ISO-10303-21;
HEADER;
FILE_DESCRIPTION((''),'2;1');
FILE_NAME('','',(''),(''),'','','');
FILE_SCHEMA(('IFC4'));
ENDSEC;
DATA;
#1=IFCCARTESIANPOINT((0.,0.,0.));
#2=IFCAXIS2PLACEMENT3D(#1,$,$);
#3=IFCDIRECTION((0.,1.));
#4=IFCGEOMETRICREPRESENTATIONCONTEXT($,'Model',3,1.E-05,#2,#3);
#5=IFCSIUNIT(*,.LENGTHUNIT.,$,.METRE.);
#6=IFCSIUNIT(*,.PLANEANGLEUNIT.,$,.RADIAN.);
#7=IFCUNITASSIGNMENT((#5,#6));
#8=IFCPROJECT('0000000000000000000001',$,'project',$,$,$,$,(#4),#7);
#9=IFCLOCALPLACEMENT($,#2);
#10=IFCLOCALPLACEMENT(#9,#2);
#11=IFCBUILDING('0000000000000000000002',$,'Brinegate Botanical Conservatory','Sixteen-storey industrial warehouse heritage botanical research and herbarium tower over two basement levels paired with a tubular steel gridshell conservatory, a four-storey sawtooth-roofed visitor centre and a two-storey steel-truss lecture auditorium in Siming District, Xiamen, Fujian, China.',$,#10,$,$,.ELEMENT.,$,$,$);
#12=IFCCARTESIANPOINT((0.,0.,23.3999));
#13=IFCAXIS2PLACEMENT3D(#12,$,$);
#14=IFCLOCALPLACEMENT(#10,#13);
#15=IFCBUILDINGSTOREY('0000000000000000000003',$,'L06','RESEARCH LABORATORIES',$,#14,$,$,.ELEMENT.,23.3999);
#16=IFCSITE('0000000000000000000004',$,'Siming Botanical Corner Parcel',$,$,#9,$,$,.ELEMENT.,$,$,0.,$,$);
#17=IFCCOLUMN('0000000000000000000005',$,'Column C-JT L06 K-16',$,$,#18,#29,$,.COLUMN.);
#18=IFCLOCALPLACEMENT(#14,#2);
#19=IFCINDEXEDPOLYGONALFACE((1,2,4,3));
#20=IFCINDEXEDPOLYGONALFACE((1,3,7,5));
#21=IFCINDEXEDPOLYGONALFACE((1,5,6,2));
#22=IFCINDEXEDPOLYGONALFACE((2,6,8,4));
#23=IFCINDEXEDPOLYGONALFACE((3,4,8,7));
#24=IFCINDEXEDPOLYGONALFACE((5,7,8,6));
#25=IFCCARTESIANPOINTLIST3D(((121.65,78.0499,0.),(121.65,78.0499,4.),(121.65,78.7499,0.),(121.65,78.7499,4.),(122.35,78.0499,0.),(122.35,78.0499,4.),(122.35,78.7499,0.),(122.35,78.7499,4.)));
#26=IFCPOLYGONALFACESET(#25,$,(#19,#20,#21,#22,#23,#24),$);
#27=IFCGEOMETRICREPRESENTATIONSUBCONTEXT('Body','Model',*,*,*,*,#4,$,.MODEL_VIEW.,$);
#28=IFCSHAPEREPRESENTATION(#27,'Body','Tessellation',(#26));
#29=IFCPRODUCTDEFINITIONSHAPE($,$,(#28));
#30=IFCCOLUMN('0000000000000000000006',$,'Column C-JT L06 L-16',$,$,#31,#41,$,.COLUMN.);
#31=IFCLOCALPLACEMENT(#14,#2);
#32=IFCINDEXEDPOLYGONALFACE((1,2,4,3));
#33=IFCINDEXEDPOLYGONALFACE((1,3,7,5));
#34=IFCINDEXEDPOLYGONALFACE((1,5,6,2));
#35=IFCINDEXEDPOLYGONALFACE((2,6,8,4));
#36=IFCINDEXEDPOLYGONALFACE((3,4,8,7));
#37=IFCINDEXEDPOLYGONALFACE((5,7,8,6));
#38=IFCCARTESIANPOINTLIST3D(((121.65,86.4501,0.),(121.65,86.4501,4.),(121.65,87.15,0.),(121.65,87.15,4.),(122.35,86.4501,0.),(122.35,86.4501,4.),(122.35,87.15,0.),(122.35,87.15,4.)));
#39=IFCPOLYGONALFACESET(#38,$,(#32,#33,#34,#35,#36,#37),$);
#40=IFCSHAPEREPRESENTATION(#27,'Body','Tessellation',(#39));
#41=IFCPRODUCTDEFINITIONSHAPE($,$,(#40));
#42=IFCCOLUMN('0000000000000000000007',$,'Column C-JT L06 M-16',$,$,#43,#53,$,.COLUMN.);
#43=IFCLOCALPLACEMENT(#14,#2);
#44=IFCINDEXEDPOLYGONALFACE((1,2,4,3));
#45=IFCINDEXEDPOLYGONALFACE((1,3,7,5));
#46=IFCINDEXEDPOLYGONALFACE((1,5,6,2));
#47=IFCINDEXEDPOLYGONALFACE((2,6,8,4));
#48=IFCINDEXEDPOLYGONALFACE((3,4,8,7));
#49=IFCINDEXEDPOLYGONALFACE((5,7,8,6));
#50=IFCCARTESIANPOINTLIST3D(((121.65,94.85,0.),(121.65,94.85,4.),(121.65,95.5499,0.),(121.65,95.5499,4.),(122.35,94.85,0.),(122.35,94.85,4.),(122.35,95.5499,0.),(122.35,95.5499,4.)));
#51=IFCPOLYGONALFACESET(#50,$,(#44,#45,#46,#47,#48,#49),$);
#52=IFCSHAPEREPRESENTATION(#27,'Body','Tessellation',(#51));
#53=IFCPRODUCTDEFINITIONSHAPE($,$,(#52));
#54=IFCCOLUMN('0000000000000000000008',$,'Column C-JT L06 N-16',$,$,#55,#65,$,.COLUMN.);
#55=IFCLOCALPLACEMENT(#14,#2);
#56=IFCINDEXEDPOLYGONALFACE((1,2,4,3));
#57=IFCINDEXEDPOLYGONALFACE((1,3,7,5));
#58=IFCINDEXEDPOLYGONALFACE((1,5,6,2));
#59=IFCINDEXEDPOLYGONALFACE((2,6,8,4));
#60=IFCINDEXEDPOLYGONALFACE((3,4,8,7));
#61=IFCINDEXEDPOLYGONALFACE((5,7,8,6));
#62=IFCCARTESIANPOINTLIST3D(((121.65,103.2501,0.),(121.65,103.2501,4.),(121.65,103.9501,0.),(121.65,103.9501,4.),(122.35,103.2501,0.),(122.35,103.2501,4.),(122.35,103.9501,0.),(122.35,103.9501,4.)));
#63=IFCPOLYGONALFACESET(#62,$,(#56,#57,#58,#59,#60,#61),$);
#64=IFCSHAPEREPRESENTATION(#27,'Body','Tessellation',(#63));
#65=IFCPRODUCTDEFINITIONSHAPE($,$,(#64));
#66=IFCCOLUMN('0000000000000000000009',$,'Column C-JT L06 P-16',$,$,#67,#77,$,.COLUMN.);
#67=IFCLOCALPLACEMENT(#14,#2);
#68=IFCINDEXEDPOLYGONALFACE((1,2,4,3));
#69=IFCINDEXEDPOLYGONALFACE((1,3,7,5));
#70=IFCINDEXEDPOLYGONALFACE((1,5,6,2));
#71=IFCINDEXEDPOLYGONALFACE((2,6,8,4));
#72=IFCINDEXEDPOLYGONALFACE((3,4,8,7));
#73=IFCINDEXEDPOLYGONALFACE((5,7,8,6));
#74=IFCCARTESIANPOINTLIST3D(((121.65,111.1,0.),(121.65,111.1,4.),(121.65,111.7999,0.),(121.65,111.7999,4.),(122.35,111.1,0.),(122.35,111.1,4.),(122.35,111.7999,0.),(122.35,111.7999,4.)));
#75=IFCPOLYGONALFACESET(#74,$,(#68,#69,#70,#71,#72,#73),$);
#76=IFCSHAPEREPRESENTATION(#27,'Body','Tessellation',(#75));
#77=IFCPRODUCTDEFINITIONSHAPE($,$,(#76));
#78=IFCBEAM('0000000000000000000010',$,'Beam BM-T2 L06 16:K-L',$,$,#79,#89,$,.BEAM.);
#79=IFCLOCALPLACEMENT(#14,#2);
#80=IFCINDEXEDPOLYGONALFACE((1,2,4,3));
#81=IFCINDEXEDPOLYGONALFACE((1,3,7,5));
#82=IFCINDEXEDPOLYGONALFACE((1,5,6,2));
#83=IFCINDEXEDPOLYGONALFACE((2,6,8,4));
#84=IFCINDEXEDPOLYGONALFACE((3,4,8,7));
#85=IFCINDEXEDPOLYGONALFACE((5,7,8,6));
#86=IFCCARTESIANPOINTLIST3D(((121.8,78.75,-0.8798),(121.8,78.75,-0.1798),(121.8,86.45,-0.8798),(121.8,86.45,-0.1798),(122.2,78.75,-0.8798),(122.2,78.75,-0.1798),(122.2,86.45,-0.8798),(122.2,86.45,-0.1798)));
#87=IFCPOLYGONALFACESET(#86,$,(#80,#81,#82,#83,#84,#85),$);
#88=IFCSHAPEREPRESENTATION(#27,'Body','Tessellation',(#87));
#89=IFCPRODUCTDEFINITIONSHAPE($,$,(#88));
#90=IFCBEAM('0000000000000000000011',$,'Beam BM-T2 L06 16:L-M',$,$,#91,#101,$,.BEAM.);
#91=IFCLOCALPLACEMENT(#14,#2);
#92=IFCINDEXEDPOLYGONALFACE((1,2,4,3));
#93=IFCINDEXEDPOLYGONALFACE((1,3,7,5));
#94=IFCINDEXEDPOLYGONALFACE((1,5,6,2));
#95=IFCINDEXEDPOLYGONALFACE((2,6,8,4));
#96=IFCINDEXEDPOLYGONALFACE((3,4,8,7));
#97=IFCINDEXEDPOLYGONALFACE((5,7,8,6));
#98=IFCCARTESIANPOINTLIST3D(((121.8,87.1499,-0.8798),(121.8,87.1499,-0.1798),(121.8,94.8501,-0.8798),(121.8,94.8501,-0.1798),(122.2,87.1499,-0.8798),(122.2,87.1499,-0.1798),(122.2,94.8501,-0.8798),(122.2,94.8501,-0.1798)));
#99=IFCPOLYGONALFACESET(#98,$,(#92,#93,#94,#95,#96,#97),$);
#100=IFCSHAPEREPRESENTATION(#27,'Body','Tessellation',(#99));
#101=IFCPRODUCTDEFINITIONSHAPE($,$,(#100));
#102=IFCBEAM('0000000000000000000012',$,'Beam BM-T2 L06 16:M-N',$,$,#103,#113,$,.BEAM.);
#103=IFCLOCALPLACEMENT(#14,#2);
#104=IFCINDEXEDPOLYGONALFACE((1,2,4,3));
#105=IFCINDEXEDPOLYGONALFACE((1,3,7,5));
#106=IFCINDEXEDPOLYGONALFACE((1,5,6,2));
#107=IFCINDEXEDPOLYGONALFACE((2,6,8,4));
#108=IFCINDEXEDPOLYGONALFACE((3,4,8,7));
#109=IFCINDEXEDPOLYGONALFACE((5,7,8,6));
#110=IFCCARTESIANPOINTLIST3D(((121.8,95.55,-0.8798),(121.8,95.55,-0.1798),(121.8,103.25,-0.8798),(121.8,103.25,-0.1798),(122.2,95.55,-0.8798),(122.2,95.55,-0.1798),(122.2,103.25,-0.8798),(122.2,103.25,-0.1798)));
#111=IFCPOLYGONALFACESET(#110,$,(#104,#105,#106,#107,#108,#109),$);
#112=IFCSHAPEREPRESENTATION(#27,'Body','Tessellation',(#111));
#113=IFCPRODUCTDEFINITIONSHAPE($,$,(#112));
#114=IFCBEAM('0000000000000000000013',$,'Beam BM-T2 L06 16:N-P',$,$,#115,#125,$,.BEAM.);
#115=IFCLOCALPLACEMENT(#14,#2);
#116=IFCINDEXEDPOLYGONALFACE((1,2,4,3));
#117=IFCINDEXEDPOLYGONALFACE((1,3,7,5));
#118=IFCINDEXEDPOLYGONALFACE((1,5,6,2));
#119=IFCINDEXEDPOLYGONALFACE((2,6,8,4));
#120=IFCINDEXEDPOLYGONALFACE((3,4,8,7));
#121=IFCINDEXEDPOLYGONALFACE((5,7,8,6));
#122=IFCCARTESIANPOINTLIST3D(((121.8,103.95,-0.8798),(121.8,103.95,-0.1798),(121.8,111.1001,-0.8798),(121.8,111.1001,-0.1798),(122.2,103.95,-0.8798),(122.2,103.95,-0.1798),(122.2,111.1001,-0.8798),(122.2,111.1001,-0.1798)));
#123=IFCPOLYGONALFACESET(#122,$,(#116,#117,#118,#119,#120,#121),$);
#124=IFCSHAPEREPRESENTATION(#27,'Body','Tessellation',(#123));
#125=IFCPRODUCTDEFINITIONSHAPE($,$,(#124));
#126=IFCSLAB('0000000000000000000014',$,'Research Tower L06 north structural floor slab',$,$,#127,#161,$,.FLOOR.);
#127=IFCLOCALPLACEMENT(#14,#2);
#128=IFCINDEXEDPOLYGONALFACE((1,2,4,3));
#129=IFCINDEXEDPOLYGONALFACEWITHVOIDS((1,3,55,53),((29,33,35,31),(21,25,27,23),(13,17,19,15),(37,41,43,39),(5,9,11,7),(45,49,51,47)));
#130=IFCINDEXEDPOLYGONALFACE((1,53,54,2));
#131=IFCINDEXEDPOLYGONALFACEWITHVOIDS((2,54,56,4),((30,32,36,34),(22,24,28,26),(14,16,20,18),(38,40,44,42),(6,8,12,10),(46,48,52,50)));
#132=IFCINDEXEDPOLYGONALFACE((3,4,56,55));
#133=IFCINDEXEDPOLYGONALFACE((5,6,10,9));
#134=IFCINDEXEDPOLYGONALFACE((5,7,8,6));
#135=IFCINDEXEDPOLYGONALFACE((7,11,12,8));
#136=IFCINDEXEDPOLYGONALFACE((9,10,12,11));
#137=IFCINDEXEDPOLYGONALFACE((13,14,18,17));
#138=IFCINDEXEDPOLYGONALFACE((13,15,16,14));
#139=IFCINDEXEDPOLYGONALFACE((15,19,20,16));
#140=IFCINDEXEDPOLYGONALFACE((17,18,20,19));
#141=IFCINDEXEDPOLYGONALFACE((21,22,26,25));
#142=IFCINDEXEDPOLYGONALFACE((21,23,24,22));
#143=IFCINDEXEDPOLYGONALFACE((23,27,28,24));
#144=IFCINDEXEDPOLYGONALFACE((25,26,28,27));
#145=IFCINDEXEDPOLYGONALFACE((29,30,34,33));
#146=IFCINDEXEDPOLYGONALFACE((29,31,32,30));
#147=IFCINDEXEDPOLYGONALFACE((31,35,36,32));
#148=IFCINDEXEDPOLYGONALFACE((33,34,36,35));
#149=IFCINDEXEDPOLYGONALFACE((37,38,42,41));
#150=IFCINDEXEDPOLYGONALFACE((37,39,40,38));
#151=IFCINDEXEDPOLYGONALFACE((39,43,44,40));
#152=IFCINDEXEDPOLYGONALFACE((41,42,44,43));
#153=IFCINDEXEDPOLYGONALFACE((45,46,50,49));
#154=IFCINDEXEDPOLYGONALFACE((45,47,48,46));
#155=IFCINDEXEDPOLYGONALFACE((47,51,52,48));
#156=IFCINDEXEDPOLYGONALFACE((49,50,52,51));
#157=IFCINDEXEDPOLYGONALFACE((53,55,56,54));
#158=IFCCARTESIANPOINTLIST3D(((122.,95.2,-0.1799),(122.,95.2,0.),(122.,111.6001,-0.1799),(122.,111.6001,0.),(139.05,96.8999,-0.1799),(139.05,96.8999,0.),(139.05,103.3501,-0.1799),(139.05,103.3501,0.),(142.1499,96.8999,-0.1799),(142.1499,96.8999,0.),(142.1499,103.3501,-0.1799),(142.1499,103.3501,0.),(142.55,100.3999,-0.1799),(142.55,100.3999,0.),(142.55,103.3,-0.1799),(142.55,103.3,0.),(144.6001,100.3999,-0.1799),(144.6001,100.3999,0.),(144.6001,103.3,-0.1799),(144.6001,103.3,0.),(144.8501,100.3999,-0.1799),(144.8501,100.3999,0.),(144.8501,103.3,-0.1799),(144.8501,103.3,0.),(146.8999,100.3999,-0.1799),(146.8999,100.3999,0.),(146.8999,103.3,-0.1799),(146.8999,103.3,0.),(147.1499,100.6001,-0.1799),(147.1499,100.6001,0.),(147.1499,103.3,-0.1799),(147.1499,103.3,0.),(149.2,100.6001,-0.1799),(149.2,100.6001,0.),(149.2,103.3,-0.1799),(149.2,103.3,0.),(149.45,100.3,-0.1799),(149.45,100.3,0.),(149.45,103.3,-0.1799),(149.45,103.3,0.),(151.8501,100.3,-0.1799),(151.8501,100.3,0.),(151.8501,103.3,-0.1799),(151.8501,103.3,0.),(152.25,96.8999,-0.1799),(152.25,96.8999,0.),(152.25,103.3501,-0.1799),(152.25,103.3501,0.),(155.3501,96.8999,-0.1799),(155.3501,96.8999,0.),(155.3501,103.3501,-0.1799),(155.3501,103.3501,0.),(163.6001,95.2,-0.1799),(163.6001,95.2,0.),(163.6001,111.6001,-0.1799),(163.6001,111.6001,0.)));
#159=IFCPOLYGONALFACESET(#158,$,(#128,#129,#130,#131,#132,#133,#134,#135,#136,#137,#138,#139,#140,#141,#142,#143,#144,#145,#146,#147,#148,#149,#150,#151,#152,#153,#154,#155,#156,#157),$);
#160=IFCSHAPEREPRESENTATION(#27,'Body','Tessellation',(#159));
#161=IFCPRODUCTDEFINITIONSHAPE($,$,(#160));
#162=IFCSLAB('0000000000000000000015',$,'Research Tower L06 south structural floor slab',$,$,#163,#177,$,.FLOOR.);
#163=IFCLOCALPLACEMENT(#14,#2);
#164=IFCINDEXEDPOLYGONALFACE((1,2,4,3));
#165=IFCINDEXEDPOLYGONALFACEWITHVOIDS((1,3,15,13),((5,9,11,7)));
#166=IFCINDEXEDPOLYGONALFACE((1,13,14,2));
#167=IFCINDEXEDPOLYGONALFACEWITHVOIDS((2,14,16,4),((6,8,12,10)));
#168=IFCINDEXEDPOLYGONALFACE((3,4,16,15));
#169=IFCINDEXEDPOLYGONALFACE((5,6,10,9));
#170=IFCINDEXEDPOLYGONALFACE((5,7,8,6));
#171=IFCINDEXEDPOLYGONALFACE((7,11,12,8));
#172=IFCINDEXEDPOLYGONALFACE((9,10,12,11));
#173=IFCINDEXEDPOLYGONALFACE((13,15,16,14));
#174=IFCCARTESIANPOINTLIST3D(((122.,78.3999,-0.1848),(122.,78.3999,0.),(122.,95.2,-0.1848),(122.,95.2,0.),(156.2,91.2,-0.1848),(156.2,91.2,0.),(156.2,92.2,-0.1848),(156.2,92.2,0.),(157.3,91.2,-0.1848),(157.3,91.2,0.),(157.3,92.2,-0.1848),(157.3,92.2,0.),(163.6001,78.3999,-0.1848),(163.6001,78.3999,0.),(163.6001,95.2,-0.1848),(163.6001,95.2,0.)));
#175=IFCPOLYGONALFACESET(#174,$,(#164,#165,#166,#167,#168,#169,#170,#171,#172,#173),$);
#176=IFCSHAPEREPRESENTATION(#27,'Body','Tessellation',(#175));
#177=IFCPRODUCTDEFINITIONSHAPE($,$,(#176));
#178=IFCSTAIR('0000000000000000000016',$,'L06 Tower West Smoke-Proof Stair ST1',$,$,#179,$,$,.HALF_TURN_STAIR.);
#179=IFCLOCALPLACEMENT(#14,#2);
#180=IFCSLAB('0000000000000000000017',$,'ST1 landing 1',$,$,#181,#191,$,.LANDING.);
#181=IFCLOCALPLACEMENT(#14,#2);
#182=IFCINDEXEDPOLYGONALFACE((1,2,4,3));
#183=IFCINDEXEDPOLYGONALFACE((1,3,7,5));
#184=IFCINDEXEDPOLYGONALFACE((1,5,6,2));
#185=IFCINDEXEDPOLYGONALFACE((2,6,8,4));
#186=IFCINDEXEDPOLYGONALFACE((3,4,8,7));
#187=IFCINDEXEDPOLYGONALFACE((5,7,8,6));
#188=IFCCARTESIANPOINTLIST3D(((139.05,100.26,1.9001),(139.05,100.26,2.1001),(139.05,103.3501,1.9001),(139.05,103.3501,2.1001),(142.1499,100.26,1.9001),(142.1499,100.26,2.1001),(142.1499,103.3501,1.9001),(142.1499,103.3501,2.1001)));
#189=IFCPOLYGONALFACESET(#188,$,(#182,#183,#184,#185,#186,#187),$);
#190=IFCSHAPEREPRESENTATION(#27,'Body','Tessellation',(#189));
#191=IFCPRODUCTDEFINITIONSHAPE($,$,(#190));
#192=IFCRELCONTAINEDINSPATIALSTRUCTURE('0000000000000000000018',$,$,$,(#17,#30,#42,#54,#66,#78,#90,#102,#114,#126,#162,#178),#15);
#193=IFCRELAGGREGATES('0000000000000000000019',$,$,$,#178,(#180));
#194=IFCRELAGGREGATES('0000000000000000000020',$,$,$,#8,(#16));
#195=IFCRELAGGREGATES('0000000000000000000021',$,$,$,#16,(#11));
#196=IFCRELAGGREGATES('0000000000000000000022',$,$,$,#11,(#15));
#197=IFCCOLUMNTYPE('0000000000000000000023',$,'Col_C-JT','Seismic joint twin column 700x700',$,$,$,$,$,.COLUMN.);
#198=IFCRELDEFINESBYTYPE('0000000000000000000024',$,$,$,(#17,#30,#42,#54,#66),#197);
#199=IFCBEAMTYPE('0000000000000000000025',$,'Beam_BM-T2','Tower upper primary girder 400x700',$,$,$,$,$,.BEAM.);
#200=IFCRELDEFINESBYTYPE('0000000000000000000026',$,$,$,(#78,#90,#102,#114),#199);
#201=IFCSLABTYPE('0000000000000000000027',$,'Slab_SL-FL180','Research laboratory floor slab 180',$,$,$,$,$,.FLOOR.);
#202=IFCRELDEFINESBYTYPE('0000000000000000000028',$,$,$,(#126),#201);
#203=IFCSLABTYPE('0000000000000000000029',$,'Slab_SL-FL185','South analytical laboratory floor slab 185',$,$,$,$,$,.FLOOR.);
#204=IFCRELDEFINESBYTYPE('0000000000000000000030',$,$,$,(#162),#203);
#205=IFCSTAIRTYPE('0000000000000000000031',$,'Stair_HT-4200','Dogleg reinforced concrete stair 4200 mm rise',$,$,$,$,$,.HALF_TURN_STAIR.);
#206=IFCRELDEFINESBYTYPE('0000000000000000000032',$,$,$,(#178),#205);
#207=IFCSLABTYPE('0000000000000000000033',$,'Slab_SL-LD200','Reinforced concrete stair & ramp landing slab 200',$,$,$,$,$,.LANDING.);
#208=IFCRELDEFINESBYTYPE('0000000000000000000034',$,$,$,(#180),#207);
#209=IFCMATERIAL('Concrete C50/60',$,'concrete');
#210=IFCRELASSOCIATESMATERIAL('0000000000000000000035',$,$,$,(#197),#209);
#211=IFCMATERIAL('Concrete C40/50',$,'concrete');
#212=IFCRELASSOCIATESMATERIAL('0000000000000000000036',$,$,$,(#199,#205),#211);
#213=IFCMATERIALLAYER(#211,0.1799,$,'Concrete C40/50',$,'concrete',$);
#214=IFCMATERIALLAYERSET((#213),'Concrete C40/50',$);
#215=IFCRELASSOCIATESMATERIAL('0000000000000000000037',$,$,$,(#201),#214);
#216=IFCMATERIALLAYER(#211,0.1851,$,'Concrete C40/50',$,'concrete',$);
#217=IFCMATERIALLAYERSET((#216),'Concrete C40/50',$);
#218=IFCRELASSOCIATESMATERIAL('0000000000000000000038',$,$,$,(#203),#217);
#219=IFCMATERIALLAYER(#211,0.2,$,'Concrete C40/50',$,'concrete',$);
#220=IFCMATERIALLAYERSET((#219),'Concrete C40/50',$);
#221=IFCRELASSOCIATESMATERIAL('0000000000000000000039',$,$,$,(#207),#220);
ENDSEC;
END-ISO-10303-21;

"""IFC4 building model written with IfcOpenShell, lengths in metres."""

from ifc_helpers import new_model, si_unit, direction, frame, origin, origin_2d, place, context, subcontext, project, spatial, polyline, rectangle, outline, extrude, material, layer, layer_set, material_profile, profile_set, type_object, element, aggregate, save


model = new_model("IFC4")

# Units and contexts
model_context = context("Model", 3, precision=1e-05, world=origin(), true_north=direction((0.0, 1.0)))
body_context = subcontext(model_context, "Body", "Model", "MODEL_VIEW")
ifc_project = project(units=[si_unit("LENGTHUNIT", "METRE"), si_unit("PLANEANGLEUNIT", "RADIAN")], contexts=[model_context])

# Site, building, storey
site_placement = place(None, origin())
site = spatial("IfcSite", under=ifc_project, at=site_placement, Name="Siming Botanical Corner Parcel", CompositionType="ELEMENT", RefElevation=0.0)
building_placement = place(site_placement, origin())
building = spatial("IfcBuilding", under=site, at=building_placement, Name="Brinegate Botanical Conservatory", Description="Sixteen-storey industrial warehouse heritage botanical research and herbarium tower over two basement levels paired with a tubular steel gridshell conservatory, a four-storey sawtooth-roofed visitor centre and a two-storey steel-truss lecture auditorium in Siming District, Xiamen, Fujian, China.", CompositionType="ELEMENT")
storey_placement = place(building_placement, frame((0.0, 0.0, 23.3999)))
storey = spatial("IfcBuildingStorey", under=building, at=storey_placement, Name="L06", Description="RESEARCH LABORATORIES", CompositionType="ELEMENT", Elevation=23.3999)

# Columns
ifc_material_1 = material(Name="Concrete C50/60", Category="concrete")
ifc_material_profile_1 = material_profile(ifc_material_1, rectangle(XDim=0.7, YDim=0.7, at=origin_2d()), Name="RC COL 700x700")
ifc_profile_set_1 = profile_set([ifc_material_profile_1], Name="Concrete C50/60")
column_type = type_object("IfcColumnType", Name="Col_C-JT", Description="Seismic joint twin column 700x700", PredefinedType="COLUMN", material=ifc_profile_set_1)
for number, where, z_axis, x_axis, name in (
    (1, (122.0, 78.3999, 0.0), (0.0, 0.0, 1.0), (1.0, 0.0, 0.0), "Column C-JT L06 K-16"),
    (2, (122.0, 86.8, 0.0), (0.0, 0.0, 1.0), (1.0, 0.0, 0.0), "Column C-JT L06 L-16"),
    (3, (122.0, 95.2, 0.0), (0.0, 0.0, 1.0), (1.0, 0.0, 0.0), "Column C-JT L06 M-16"),
    (4, (122.0, 103.6001, 0.0), (0.0, 0.0, 1.0), (1.0, 0.0, 0.0), "Column C-JT L06 N-16"),
    (5, (122.0, 111.45, 0.0), (0.0, 0.0, 1.0), (1.0, 0.0, 0.0), "Column C-JT L06 P-16"),
):
    element("IfcColumn", number, at=place(storey_placement, frame(where, z_axis=z_axis, x_axis=x_axis)), inside=storey, type_object=column_type, Name=name, PredefinedType="COLUMN", context=body_context, shape_type="SweptSolid", body=[
        extrude(rectangle(XDim=0.7, YDim=0.7, at=origin_2d()), origin(), (0.0, 0.0, 1.0), 4.0),
    ])

# Beams
ifc_material_2 = material(Name="Concrete C40/50", Category="concrete")
ifc_material_profile_2 = material_profile(ifc_material_2, rectangle(XDim=0.3999, YDim=0.7, at=origin_2d()), Name="RC BM 400x700")
ifc_profile_set_2 = profile_set([ifc_material_profile_2], Name="Concrete C40/50")
beam_type = type_object("IfcBeamType", Name="Beam_BM-T2", Description="Tower upper primary girder 400x700", PredefinedType="BEAM", material=ifc_profile_set_2)
beam_1_placement = place(storey_placement, frame((122.0, 78.75, -0.5298), z_axis=(0.0, 1.0, 0.0), x_axis=(-1.0, 0.0, 0.0)))
element("IfcBeam", 6, at=beam_1_placement, inside=storey, type_object=beam_type, Name="Beam BM-T2 L06 16:K-L", PredefinedType="BEAM", context=body_context, shape_type="SweptSolid", body=[
    extrude(rectangle(XDim=0.3999, YDim=0.7, at=origin_2d()), origin(), (0.0, 0.0, 1.0), 7.7),
])
beam_2_placement = place(storey_placement, frame((122.0, 87.1499, -0.5298), z_axis=(0.0, 1.0, 0.0), x_axis=(-1.0, 0.0, 0.0)))
element("IfcBeam", 7, at=beam_2_placement, inside=storey, type_object=beam_type, Name="Beam BM-T2 L06 16:L-M", PredefinedType="BEAM", context=body_context, shape_type="SweptSolid", body=[
    extrude(rectangle(XDim=0.3999, YDim=0.7, at=origin_2d()), origin(), (0.0, 0.0, 1.0), 7.7002),
])
beam_3_placement = place(storey_placement, frame((122.0, 95.55, -0.5298), z_axis=(0.0, 1.0, 0.0), x_axis=(-1.0, 0.0, 0.0)))
element("IfcBeam", 8, at=beam_3_placement, inside=storey, type_object=beam_type, Name="Beam BM-T2 L06 16:M-N", PredefinedType="BEAM", context=body_context, shape_type="SweptSolid", body=[
    extrude(rectangle(XDim=0.3999, YDim=0.7, at=origin_2d()), origin(), (0.0, 0.0, 1.0), 7.7),
])
beam_4_placement = place(storey_placement, frame((122.0, 103.95, -0.5298), z_axis=(0.0, 1.0, 0.0), x_axis=(-1.0, 0.0, 0.0)))
element("IfcBeam", 9, at=beam_4_placement, inside=storey, type_object=beam_type, Name="Beam BM-T2 L06 16:N-P", PredefinedType="BEAM", context=body_context, shape_type="SweptSolid", body=[
    extrude(rectangle(XDim=0.3999, YDim=0.7, at=origin_2d()), origin(), (0.0, 0.0, 1.0), 7.1501),
])

# Slabs
ifc_layer_1 = layer(ifc_material_2, 0.1799, Name="Concrete C40/50", Category="concrete")
ifc_layer_set_1 = layer_set([ifc_layer_1], Name="Concrete C40/50")
slab_type_1 = type_object("IfcSlabType", Name="Slab_SL-FL180", Description="Research laboratory floor slab 180", PredefinedType="FLOOR", material=ifc_layer_set_1)
slab_1_placement = place(storey_placement, frame((0.0, 0.0, -0.1799)))
element("IfcSlab", 10, at=slab_1_placement, inside=storey, type_object=slab_type_1, Name="Research Tower L06 north structural floor slab", PredefinedType="FLOOR", context=body_context, shape_type="SweptSolid", body=[
    extrude(outline(polyline([(122.0, 111.6001), (163.6001, 111.6001), (163.6001, 95.2), (122.0, 95.2), (122.0, 111.6001)]), holes=[polyline([(142.1499, 96.8999), (142.1499, 103.3501), (139.05, 103.3501), (139.05, 96.8999), (142.1499, 96.8999)]), polyline([(155.3501, 96.8999), (155.3501, 103.3501), (152.25, 103.3501), (152.25, 96.8999), (155.3501, 96.8999)]), polyline([(142.55, 100.3999), (144.6001, 100.3999), (144.6001, 103.3), (142.55, 103.3), (142.55, 100.3999)]), polyline([(144.8501, 100.3999), (146.8999, 100.3999), (146.8999, 103.3), (144.8501, 103.3), (144.8501, 100.3999)]), polyline([(147.1499, 100.6001), (149.2, 100.6001), (149.2, 103.3), (147.1499, 103.3), (147.1499, 100.6001)]), polyline([(149.45, 100.3), (151.8501, 100.3), (151.8501, 103.3), (149.45, 103.3), (149.45, 100.3)])]), origin(), (0.0, 0.0, 1.0), 0.1799),
])
ifc_layer_2 = layer(ifc_material_2, 0.1851, Name="Concrete C40/50", Category="concrete")
ifc_layer_set_2 = layer_set([ifc_layer_2], Name="Concrete C40/50")
slab_type_2 = type_object("IfcSlabType", Name="Slab_SL-FL185", Description="South analytical laboratory floor slab 185", PredefinedType="FLOOR", material=ifc_layer_set_2)
slab_2_placement = place(storey_placement, frame((0.0, 0.0, -0.1848)))
element("IfcSlab", 11, at=slab_2_placement, inside=storey, type_object=slab_type_2, Name="Research Tower L06 south structural floor slab", PredefinedType="FLOOR", context=body_context, shape_type="SweptSolid", body=[
    extrude(outline(polyline([(163.6001, 78.3999), (122.0, 78.3999), (122.0, 95.2), (163.6001, 95.2), (163.6001, 78.3999)]), holes=[polyline([(156.2, 91.2), (157.3, 91.2), (157.3, 92.2), (156.2, 92.2), (156.2, 91.2)])]), origin(), (0.0, 0.0, 1.0), 0.1848),
])

# Stair, slab
stair_type = type_object("IfcStairType", Name="Stair_HT-4200", Description="Dogleg reinforced concrete stair 4200 mm rise", PredefinedType="HALF_TURN_STAIR", material=ifc_material_2)
stair_1_placement = place(storey_placement, origin())
stair_1 = element("IfcStair", 12, at=stair_1_placement, inside=storey, type_object=stair_type, Name="L06 Tower West Smoke-Proof Stair ST1", PredefinedType="HALF_TURN_STAIR")
ifc_layer_3 = layer(ifc_material_2, 0.2, Name="Concrete C40/50", Category="concrete")
ifc_layer_set_3 = layer_set([ifc_layer_3], Name="Concrete C40/50")
slab_type_3 = type_object("IfcSlabType", Name="Slab_SL-LD200", Description="Reinforced concrete stair & ramp landing slab 200", PredefinedType="LANDING", material=ifc_layer_set_3)
slab_3_placement = place(storey_placement, frame((0.0, 0.0, 1.9001)))
slab_3 = element("IfcSlab", 13, at=slab_3_placement, type_object=slab_type_3, Name="ST1 landing 1", PredefinedType="LANDING", context=body_context, shape_type="SweptSolid", body=[
    extrude(outline(polyline([(142.1499, 100.26), (142.1499, 103.3501), (139.05, 103.3501), (139.05, 100.26), (142.1499, 100.26)])), origin(), (0.0, 0.0, 1.0), 0.2),
])
aggregate(stair_1, [slab_3])

save(model, "model.ifc")
